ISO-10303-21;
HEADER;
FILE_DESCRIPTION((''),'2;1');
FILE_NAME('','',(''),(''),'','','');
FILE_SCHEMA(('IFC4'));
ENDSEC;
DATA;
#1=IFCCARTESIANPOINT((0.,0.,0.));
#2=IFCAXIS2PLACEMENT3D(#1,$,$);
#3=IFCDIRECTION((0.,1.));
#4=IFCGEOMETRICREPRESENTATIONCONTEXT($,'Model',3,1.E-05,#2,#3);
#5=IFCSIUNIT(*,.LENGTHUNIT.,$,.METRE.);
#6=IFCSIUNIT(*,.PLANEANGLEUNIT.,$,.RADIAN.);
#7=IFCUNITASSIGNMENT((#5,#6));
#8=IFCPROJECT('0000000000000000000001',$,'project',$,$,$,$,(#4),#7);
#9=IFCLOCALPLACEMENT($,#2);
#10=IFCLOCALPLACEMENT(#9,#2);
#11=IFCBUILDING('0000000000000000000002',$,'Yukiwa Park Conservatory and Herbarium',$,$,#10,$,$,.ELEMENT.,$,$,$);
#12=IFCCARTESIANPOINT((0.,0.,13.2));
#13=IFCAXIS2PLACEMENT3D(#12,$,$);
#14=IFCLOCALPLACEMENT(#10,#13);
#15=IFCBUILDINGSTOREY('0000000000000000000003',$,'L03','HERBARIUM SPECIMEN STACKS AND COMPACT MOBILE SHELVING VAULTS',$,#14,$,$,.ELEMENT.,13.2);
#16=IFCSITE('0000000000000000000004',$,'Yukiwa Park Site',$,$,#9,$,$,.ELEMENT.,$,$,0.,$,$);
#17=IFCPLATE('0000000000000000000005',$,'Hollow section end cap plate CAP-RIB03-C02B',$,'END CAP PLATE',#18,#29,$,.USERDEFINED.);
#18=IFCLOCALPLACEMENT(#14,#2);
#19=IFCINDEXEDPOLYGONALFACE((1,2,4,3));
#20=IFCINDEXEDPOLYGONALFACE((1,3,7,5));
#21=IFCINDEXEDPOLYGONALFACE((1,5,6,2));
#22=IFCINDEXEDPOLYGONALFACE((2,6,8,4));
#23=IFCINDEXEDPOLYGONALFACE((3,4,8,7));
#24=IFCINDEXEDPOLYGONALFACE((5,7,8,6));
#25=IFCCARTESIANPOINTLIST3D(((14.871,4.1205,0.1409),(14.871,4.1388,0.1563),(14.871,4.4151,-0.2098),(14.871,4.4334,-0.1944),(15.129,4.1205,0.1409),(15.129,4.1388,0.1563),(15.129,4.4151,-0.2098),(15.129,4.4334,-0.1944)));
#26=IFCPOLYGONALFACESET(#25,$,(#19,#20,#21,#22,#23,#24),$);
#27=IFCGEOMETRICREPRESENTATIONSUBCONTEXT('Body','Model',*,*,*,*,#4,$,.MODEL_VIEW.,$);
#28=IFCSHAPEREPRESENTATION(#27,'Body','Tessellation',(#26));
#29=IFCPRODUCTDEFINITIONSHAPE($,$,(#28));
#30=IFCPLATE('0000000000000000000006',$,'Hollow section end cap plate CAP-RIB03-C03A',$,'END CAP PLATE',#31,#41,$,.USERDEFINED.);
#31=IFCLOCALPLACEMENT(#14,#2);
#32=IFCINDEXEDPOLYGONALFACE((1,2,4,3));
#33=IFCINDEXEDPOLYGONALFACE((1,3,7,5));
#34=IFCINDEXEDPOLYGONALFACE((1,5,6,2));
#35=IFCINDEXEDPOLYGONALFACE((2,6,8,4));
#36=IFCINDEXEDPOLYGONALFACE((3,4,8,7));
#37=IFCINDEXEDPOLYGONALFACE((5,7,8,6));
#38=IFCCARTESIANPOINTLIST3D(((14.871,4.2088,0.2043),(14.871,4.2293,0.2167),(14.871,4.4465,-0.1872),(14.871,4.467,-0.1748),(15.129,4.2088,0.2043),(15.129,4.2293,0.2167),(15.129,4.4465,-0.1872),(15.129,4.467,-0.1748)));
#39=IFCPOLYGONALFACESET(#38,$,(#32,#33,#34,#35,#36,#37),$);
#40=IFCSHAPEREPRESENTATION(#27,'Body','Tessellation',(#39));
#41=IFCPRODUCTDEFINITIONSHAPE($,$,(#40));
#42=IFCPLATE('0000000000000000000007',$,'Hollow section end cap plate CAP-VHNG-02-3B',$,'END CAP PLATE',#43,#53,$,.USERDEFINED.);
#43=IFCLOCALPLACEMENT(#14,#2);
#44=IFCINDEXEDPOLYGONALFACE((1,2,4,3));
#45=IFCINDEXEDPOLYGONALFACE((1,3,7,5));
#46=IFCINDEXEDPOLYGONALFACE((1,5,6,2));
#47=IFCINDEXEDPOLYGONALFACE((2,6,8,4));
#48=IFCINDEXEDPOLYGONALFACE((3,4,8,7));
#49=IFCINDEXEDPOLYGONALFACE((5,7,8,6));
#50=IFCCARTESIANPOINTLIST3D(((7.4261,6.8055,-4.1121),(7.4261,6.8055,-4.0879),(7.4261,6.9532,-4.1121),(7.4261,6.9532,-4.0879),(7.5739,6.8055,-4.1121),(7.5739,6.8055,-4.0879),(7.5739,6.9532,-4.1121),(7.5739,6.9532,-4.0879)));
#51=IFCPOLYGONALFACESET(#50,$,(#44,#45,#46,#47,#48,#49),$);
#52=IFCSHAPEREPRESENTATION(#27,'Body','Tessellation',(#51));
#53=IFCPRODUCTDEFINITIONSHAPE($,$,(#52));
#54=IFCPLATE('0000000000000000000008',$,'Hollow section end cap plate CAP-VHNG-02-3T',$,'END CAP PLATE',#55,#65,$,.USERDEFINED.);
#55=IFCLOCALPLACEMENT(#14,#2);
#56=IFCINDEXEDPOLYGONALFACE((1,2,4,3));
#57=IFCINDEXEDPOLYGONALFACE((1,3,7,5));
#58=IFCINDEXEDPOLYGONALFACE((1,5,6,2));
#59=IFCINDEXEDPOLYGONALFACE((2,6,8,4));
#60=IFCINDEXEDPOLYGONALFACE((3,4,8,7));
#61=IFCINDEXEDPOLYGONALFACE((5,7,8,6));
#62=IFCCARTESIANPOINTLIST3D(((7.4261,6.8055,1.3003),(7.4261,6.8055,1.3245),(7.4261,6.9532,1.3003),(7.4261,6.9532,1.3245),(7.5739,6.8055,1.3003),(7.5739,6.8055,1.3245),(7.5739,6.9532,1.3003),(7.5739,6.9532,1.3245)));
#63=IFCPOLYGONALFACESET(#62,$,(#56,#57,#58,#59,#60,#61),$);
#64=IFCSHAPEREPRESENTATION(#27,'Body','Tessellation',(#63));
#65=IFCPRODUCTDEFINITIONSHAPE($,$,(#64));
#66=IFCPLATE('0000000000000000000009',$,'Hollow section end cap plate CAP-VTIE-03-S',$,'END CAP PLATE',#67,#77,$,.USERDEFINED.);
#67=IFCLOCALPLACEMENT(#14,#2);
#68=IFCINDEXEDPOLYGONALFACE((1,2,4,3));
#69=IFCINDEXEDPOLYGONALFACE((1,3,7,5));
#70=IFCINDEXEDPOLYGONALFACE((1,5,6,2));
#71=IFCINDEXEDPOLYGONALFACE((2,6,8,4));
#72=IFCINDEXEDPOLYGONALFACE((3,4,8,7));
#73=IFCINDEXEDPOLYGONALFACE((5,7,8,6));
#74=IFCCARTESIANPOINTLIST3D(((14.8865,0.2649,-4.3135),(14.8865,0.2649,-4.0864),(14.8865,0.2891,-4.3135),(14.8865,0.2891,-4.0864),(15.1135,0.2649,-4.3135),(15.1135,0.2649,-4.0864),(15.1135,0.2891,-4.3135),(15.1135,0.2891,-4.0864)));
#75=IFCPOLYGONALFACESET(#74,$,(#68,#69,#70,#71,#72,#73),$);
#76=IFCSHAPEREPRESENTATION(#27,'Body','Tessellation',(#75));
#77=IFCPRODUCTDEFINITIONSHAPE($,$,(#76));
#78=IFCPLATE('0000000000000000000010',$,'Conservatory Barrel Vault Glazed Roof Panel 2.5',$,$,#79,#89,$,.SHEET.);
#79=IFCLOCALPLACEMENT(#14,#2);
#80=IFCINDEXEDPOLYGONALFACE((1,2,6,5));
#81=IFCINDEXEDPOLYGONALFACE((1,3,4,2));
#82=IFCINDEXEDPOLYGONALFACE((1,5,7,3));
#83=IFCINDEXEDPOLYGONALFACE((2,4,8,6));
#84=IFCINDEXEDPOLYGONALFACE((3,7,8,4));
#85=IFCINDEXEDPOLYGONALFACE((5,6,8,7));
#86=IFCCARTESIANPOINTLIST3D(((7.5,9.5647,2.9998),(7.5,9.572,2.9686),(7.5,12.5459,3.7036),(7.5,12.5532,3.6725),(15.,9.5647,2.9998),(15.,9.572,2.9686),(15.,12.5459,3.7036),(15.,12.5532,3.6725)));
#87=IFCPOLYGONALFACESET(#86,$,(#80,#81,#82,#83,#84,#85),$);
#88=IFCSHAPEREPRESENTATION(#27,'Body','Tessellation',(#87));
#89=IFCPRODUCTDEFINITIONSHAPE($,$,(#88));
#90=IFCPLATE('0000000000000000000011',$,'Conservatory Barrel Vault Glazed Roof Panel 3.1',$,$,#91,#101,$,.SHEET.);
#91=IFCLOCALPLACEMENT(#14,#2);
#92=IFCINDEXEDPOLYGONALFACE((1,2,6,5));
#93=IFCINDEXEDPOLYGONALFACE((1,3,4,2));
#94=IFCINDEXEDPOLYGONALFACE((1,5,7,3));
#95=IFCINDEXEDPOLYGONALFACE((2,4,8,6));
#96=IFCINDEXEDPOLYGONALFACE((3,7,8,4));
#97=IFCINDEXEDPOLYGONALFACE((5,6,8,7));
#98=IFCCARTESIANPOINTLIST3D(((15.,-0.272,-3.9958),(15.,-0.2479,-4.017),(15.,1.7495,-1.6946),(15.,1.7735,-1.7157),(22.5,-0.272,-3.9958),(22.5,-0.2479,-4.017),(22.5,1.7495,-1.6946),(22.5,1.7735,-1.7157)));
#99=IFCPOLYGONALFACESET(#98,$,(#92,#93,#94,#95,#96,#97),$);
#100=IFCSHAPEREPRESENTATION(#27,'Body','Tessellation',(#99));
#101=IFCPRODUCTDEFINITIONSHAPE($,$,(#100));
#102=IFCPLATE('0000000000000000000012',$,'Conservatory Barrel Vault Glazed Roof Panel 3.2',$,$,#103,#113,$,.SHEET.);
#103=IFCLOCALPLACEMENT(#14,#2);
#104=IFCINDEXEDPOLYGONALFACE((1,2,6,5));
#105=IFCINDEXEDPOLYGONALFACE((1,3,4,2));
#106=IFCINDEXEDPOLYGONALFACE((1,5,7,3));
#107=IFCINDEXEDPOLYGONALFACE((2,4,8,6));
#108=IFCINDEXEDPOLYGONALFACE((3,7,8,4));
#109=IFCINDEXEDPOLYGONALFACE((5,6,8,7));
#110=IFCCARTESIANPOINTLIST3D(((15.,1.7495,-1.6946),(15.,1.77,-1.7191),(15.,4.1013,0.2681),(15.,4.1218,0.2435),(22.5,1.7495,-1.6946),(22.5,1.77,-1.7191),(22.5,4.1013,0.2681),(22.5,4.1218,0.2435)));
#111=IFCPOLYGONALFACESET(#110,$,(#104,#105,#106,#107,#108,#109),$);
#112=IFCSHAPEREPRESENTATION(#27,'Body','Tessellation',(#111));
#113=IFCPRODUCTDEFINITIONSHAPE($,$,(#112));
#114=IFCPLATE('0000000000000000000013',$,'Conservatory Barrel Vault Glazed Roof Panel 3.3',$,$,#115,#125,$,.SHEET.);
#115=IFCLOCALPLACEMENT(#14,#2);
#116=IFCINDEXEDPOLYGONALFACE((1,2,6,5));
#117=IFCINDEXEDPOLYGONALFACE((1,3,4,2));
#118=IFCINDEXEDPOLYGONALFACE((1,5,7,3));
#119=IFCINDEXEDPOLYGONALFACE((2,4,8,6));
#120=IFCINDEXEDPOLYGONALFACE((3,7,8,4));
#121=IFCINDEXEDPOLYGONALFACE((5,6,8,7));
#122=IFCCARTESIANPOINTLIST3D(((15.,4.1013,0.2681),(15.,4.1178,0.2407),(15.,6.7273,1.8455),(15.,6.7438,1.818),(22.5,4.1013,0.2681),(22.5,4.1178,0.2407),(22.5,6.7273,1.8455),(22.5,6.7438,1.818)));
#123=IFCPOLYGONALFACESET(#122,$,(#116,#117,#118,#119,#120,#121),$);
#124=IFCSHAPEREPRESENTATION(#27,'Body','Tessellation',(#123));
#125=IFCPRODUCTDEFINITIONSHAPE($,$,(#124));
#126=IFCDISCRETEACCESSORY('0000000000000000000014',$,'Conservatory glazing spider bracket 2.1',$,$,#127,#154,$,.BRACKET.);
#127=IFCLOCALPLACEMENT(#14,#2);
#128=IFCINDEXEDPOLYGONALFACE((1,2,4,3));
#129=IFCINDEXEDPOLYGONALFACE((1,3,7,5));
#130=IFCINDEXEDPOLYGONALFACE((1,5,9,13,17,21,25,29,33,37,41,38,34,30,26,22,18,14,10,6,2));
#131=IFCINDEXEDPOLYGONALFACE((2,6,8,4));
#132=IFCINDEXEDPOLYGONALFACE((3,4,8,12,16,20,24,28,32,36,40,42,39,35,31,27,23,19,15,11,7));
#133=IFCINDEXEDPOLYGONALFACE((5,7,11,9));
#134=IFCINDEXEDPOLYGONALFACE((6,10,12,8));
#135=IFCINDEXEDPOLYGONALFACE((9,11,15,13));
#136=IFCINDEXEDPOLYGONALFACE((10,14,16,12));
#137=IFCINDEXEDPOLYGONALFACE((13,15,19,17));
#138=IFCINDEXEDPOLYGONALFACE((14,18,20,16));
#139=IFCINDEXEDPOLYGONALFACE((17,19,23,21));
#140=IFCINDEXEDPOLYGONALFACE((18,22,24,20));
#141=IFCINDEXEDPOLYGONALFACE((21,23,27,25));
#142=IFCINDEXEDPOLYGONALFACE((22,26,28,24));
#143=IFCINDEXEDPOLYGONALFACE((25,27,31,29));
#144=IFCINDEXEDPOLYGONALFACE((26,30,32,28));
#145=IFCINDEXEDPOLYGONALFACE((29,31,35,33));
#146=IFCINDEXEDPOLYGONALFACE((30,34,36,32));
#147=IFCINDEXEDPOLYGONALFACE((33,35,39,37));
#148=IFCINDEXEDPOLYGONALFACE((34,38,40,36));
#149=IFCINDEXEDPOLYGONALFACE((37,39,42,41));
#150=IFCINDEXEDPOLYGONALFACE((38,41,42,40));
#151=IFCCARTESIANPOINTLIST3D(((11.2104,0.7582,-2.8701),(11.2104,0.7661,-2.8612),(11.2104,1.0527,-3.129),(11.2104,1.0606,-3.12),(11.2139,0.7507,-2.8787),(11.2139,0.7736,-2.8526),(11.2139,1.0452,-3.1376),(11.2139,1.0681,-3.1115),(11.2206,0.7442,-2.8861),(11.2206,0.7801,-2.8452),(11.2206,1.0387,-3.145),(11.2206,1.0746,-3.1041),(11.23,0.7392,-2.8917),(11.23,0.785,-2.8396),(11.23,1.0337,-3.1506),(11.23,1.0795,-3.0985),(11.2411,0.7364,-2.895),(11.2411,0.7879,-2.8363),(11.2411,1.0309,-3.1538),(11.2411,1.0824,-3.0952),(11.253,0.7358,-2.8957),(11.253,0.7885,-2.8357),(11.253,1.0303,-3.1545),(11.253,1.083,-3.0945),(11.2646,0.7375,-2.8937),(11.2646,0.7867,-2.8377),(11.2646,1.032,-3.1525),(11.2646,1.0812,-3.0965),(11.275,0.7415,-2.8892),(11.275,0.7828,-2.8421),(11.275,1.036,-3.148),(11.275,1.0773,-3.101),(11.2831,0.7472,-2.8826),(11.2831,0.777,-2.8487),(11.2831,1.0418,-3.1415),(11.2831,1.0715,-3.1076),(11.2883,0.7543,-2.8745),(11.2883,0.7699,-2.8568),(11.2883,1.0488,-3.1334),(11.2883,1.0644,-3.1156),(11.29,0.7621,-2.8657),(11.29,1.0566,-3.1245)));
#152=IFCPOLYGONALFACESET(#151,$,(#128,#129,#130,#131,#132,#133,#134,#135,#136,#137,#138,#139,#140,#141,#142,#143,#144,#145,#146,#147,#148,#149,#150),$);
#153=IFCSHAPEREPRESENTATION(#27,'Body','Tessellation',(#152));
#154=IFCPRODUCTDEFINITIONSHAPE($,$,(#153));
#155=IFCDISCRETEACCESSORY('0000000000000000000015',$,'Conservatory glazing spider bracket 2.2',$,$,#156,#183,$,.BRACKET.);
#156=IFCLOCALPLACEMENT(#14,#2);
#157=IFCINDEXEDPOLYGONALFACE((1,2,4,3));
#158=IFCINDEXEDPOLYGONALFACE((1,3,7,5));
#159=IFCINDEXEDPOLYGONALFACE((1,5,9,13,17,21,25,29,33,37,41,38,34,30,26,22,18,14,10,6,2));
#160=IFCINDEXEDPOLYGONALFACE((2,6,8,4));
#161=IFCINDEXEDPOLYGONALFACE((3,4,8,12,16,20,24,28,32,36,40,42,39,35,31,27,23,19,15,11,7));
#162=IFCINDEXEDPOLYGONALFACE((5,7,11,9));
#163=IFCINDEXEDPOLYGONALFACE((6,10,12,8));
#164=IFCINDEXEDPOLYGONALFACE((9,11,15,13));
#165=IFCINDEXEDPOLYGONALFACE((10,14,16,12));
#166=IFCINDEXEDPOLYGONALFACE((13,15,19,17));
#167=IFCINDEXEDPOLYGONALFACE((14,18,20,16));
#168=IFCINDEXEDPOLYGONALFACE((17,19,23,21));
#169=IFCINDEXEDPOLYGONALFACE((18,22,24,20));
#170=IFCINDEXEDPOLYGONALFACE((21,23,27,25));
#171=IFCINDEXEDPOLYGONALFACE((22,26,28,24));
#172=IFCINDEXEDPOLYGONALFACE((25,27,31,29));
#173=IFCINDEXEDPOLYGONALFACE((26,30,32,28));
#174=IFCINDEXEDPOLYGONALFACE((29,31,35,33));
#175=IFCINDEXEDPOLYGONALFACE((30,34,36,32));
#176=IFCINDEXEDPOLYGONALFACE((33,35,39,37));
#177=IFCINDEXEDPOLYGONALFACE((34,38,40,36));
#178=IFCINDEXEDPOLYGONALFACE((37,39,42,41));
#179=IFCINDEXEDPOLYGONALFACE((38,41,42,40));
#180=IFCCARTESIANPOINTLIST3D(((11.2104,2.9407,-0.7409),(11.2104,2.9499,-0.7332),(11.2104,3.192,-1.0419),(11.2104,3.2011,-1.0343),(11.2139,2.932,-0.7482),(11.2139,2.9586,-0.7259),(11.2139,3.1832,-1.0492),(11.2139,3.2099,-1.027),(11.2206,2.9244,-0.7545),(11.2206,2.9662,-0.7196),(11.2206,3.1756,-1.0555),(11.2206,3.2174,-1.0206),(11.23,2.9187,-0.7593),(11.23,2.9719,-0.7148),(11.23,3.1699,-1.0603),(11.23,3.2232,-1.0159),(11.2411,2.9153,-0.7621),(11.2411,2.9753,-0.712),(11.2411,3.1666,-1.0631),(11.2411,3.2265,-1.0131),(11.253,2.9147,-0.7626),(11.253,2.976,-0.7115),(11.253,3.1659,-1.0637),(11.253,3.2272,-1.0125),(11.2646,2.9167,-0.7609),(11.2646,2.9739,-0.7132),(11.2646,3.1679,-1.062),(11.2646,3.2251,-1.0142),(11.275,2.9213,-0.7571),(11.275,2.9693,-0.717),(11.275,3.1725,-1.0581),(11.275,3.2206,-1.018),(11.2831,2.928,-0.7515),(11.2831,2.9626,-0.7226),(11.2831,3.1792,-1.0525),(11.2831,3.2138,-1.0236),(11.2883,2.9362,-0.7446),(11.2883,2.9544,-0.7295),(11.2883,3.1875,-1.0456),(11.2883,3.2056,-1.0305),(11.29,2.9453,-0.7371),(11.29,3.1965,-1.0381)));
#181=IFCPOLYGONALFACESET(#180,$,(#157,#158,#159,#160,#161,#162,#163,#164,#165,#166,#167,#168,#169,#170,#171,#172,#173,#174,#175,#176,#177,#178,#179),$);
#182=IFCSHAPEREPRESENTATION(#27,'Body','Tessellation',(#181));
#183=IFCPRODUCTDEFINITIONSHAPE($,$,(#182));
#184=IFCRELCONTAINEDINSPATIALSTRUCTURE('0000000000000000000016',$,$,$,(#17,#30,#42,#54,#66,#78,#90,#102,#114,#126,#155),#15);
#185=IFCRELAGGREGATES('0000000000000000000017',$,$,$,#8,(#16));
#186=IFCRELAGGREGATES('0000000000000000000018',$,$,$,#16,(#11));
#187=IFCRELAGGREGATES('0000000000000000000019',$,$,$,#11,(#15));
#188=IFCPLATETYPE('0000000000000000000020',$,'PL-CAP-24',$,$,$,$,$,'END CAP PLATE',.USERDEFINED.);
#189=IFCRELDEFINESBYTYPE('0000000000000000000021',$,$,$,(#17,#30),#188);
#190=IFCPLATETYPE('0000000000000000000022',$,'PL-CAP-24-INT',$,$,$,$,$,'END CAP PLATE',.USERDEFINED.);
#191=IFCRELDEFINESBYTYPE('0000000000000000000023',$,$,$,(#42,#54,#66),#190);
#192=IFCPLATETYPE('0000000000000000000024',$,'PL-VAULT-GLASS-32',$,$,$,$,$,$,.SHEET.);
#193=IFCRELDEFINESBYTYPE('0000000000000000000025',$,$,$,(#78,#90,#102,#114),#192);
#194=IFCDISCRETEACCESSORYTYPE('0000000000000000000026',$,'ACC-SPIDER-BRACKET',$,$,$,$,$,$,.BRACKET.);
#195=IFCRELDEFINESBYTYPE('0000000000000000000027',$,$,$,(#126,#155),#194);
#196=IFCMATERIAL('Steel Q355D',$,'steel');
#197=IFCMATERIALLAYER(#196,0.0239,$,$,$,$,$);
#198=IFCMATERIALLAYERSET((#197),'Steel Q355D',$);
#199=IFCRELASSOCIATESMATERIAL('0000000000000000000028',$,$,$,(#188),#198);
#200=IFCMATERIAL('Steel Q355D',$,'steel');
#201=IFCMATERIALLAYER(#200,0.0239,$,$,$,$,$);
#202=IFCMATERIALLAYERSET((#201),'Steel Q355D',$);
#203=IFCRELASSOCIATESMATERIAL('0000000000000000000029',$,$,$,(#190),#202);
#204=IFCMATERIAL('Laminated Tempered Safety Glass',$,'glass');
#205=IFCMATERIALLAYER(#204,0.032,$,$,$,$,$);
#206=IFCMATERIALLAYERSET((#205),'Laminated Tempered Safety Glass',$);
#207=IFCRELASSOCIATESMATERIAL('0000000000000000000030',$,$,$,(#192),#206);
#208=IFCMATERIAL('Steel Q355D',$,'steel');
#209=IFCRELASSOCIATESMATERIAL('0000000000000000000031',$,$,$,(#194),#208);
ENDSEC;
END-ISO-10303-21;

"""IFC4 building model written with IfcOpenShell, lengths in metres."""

from ifc_helpers import new_model, si_unit, direction, frame, origin, origin_2d, place, context, subcontext, project, spatial, polyline, rectangle, circle, outline, extrude, material, layer, layer_set, type_object, element, save


model = new_model("IFC4")

# Units and contexts
model_context = context("Model", 3, precision=1e-05, world=origin(), true_north=direction((0.0, 1.0)))
body_context = subcontext(model_context, "Body", "Model", "MODEL_VIEW")
ifc_project = project(units=[si_unit("LENGTHUNIT", "METRE"), si_unit("PLANEANGLEUNIT", "RADIAN")], contexts=[model_context])

# Site, building, storey
site_placement = place(None, origin())
site = spatial("IfcSite", under=ifc_project, at=site_placement, Name="Yukiwa Park Site", CompositionType="ELEMENT", RefElevation=0.0)
building_placement = place(site_placement, origin())
building = spatial("IfcBuilding", under=site, at=building_placement, Name="Yukiwa Park Conservatory and Herbarium", CompositionType="ELEMENT")
storey_placement = place(building_placement, frame((0.0, 0.0, 13.2)))
storey = spatial("IfcBuildingStorey", under=building, at=storey_placement, Name="L03", Description="HERBARIUM SPECIMEN STACKS AND COMPACT MOBILE SHELVING VAULTS", CompositionType="ELEMENT", Elevation=13.2)

# Plates
ifc_material_1 = material(Name="Steel Q355D", Category="steel")
ifc_layer_1 = layer(ifc_material_1, 0.0239)
ifc_layer_set_1 = layer_set([ifc_layer_1], Name="Steel Q355D")
plate_type_1 = type_object("IfcPlateType", Name="PL-CAP-24", ElementType="END CAP PLATE", PredefinedType="USERDEFINED", material=ifc_layer_set_1)
for number, where, z_axis, x_axis, name in (
    (1, (15.0, 4.2678, -0.0344), (0.0, 0.765705, 0.643192), (-1.0, 0.0, 0.0), "Hollow section end cap plate CAP-RIB03-C02B"),
    (2, (15.0, 4.3481, 0.021), (0.0, -0.854788, -0.518978), (1.0, 0.0, 0.0), "Hollow section end cap plate CAP-RIB03-C03A"),
):
    element("IfcPlate", number, at=place(storey_placement, frame(where, z_axis=z_axis, x_axis=x_axis)), inside=storey, type_object=plate_type_1, Name=name, ObjectType="END CAP PLATE", PredefinedType="USERDEFINED", context=body_context, shape_type="SweptSolid", body=[
        extrude(rectangle(XDim=0.2581, YDim=0.458, at=origin_2d()), origin(), (0.0, 0.0, 1.0), 0.0239),
    ])
ifc_material_2 = material(Name="Steel Q355D", Category="steel")
ifc_layer_2 = layer(ifc_material_2, 0.0239)
ifc_layer_set_2 = layer_set([ifc_layer_2], Name="Steel Q355D")
plate_type_2 = type_object("IfcPlateType", Name="PL-CAP-24-INT", ElementType="END CAP PLATE", PredefinedType="USERDEFINED", material=ifc_layer_set_2)
for number, where, z_axis, x_axis, name in (
    (3, (7.5, 6.8794, -4.0879), (0.0, 0.0, -1.0), (1.0, 0.0, 0.0), "Hollow section end cap plate CAP-VHNG-02-3B"),
    (4, (7.5, 6.8794, 1.3003), (0.0, 0.0, 1.0), (1.0, 0.0, 0.0), "Hollow section end cap plate CAP-VHNG-02-3T"),
):
    element("IfcPlate", number, at=place(storey_placement, frame(where, z_axis=z_axis, x_axis=x_axis)), inside=storey, type_object=plate_type_2, Name=name, ObjectType="END CAP PLATE", PredefinedType="USERDEFINED", context=body_context, shape_type="SweptSolid", body=[
        extrude(rectangle(XDim=0.1477, YDim=0.1477, at=origin_2d()), origin(), (0.0, 0.0, 1.0), 0.0242),
    ])
plate_1_placement = place(storey_placement, frame((15.0, 0.2891, -4.2), z_axis=(0.0, -1.0, 0.0), x_axis=(1.0, 0.0, 0.0)))
element("IfcPlate", 5, at=plate_1_placement, inside=storey, type_object=plate_type_2, Name="Hollow section end cap plate CAP-VTIE-03-S", ObjectType="END CAP PLATE", PredefinedType="USERDEFINED", context=body_context, shape_type="SweptSolid", body=[
    extrude(rectangle(XDim=0.2271, YDim=0.2271, at=origin_2d()), origin(), (0.0, 0.0, 1.0), 0.0242),
])
ifc_material_3 = material(Name="Laminated Tempered Safety Glass", Category="glass")
ifc_layer_3 = layer(ifc_material_3, 0.032)
ifc_layer_set_3 = layer_set([ifc_layer_3], Name="Laminated Tempered Safety Glass")
plate_type_3 = type_object("IfcPlateType", Name="PL-VAULT-GLASS-32", PredefinedType="SHEET", material=ifc_layer_set_3)
plate_2_placement = place(storey_placement, frame((7.5, 9.5647, 2.9998), z_axis=(0.0, -0.229781, 0.973242), x_axis=(1.0, 0.0, 0.0)))
element("IfcPlate", 6, at=plate_2_placement, inside=storey, type_object=plate_type_3, Name="Conservatory Barrel Vault Glazed Roof Panel 2.5", PredefinedType="SHEET", context=body_context, shape_type="SweptSolid", body=[
    extrude(outline(polyline([(0.0, 0.0), (7.5, 0.0), (7.5, 3.0632), (0.0, 3.0632), (0.0, 0.0)])), origin(), (0.0, 0.0, -1.0), 0.032),
])
plate_3_placement = place(storey_placement, frame((15.0, -0.272, -3.9958), z_axis=(0.0, -0.751301, 0.659959), x_axis=(1.0, 0.0, 0.0)))
element("IfcPlate", 7, at=plate_3_placement, inside=storey, type_object=plate_type_3, Name="Conservatory Barrel Vault Glazed Roof Panel 3.1", PredefinedType="SHEET", context=body_context, shape_type="SweptSolid", body=[
    extrude(outline(polyline([(0.0, 0.0), (7.5, 0.0), (7.5, 3.063), (0.0, 3.063), (0.0, 0.0)])), origin(), (0.0, 0.0, -1.0), 0.032),
])
plate_4_placement = place(storey_placement, frame((15.0, 1.7495, -1.6946), z_axis=(0.0, -0.640725, 0.76777), x_axis=(1.0, 0.0, 0.0)))
element("IfcPlate", 8, at=plate_4_placement, inside=storey, type_object=plate_type_3, Name="Conservatory Barrel Vault Glazed Roof Panel 3.2", PredefinedType="SHEET", context=body_context, shape_type="SweptSolid", body=[
    extrude(outline(polyline([(0.0, 0.0), (7.5, 0.0), (7.5, 3.0632), (0.0, 3.0632), (0.0, 0.0)])), origin(), (0.0, 0.0, -1.0), 0.032),
])
plate_5_placement = place(storey_placement, frame((15.0, 4.1013, 0.2681), z_axis=(0.0, -0.514929, 0.857233), x_axis=(1.0, 0.0, 0.0)))
element("IfcPlate", 9, at=plate_5_placement, inside=storey, type_object=plate_type_3, Name="Conservatory Barrel Vault Glazed Roof Panel 3.3", PredefinedType="SHEET", context=body_context, shape_type="SweptSolid", body=[
    extrude(outline(polyline([(0.0, 0.0), (7.5, 0.0), (7.5, 3.0633), (0.0, 3.0633), (0.0, 0.0)])), origin(), (0.0, 0.0, -1.0), 0.032),
])

# Discrete accessories
ifc_material_4 = material(Name="Steel Q355D", Category="steel")
discrete_accessory_type = type_object("IfcDiscreteAccessoryType", Name="ACC-SPIDER-BRACKET", PredefinedType="BRACKET", material=ifc_material_4)
for number, where, z_axis, x_axis, name in (
    (10, (11.25, 1.0566, -3.1245), (0.0, -0.751109, 0.660178), (1.0, 0.0, 0.0), "Conservatory glazing spider bracket 2.1"),
    (11, (11.25, 3.1965, -1.0381), (0.0, -0.640735, 0.767762), (1.0, 0.0, 0.0), "Conservatory glazing spider bracket 2.2"),
):
    element("IfcDiscreteAccessory", number, at=place(storey_placement, frame(where, z_axis=z_axis, x_axis=x_axis)), inside=storey, type_object=discrete_accessory_type, Name=name, PredefinedType="BRACKET", context=body_context, shape_type="SweptSolid", body=[
        extrude(circle(Radius=0.04, at=origin_2d()), origin(), (0.0, 0.0, 1.0), 0.3921),
    ])

save(model, "model.ifc")
